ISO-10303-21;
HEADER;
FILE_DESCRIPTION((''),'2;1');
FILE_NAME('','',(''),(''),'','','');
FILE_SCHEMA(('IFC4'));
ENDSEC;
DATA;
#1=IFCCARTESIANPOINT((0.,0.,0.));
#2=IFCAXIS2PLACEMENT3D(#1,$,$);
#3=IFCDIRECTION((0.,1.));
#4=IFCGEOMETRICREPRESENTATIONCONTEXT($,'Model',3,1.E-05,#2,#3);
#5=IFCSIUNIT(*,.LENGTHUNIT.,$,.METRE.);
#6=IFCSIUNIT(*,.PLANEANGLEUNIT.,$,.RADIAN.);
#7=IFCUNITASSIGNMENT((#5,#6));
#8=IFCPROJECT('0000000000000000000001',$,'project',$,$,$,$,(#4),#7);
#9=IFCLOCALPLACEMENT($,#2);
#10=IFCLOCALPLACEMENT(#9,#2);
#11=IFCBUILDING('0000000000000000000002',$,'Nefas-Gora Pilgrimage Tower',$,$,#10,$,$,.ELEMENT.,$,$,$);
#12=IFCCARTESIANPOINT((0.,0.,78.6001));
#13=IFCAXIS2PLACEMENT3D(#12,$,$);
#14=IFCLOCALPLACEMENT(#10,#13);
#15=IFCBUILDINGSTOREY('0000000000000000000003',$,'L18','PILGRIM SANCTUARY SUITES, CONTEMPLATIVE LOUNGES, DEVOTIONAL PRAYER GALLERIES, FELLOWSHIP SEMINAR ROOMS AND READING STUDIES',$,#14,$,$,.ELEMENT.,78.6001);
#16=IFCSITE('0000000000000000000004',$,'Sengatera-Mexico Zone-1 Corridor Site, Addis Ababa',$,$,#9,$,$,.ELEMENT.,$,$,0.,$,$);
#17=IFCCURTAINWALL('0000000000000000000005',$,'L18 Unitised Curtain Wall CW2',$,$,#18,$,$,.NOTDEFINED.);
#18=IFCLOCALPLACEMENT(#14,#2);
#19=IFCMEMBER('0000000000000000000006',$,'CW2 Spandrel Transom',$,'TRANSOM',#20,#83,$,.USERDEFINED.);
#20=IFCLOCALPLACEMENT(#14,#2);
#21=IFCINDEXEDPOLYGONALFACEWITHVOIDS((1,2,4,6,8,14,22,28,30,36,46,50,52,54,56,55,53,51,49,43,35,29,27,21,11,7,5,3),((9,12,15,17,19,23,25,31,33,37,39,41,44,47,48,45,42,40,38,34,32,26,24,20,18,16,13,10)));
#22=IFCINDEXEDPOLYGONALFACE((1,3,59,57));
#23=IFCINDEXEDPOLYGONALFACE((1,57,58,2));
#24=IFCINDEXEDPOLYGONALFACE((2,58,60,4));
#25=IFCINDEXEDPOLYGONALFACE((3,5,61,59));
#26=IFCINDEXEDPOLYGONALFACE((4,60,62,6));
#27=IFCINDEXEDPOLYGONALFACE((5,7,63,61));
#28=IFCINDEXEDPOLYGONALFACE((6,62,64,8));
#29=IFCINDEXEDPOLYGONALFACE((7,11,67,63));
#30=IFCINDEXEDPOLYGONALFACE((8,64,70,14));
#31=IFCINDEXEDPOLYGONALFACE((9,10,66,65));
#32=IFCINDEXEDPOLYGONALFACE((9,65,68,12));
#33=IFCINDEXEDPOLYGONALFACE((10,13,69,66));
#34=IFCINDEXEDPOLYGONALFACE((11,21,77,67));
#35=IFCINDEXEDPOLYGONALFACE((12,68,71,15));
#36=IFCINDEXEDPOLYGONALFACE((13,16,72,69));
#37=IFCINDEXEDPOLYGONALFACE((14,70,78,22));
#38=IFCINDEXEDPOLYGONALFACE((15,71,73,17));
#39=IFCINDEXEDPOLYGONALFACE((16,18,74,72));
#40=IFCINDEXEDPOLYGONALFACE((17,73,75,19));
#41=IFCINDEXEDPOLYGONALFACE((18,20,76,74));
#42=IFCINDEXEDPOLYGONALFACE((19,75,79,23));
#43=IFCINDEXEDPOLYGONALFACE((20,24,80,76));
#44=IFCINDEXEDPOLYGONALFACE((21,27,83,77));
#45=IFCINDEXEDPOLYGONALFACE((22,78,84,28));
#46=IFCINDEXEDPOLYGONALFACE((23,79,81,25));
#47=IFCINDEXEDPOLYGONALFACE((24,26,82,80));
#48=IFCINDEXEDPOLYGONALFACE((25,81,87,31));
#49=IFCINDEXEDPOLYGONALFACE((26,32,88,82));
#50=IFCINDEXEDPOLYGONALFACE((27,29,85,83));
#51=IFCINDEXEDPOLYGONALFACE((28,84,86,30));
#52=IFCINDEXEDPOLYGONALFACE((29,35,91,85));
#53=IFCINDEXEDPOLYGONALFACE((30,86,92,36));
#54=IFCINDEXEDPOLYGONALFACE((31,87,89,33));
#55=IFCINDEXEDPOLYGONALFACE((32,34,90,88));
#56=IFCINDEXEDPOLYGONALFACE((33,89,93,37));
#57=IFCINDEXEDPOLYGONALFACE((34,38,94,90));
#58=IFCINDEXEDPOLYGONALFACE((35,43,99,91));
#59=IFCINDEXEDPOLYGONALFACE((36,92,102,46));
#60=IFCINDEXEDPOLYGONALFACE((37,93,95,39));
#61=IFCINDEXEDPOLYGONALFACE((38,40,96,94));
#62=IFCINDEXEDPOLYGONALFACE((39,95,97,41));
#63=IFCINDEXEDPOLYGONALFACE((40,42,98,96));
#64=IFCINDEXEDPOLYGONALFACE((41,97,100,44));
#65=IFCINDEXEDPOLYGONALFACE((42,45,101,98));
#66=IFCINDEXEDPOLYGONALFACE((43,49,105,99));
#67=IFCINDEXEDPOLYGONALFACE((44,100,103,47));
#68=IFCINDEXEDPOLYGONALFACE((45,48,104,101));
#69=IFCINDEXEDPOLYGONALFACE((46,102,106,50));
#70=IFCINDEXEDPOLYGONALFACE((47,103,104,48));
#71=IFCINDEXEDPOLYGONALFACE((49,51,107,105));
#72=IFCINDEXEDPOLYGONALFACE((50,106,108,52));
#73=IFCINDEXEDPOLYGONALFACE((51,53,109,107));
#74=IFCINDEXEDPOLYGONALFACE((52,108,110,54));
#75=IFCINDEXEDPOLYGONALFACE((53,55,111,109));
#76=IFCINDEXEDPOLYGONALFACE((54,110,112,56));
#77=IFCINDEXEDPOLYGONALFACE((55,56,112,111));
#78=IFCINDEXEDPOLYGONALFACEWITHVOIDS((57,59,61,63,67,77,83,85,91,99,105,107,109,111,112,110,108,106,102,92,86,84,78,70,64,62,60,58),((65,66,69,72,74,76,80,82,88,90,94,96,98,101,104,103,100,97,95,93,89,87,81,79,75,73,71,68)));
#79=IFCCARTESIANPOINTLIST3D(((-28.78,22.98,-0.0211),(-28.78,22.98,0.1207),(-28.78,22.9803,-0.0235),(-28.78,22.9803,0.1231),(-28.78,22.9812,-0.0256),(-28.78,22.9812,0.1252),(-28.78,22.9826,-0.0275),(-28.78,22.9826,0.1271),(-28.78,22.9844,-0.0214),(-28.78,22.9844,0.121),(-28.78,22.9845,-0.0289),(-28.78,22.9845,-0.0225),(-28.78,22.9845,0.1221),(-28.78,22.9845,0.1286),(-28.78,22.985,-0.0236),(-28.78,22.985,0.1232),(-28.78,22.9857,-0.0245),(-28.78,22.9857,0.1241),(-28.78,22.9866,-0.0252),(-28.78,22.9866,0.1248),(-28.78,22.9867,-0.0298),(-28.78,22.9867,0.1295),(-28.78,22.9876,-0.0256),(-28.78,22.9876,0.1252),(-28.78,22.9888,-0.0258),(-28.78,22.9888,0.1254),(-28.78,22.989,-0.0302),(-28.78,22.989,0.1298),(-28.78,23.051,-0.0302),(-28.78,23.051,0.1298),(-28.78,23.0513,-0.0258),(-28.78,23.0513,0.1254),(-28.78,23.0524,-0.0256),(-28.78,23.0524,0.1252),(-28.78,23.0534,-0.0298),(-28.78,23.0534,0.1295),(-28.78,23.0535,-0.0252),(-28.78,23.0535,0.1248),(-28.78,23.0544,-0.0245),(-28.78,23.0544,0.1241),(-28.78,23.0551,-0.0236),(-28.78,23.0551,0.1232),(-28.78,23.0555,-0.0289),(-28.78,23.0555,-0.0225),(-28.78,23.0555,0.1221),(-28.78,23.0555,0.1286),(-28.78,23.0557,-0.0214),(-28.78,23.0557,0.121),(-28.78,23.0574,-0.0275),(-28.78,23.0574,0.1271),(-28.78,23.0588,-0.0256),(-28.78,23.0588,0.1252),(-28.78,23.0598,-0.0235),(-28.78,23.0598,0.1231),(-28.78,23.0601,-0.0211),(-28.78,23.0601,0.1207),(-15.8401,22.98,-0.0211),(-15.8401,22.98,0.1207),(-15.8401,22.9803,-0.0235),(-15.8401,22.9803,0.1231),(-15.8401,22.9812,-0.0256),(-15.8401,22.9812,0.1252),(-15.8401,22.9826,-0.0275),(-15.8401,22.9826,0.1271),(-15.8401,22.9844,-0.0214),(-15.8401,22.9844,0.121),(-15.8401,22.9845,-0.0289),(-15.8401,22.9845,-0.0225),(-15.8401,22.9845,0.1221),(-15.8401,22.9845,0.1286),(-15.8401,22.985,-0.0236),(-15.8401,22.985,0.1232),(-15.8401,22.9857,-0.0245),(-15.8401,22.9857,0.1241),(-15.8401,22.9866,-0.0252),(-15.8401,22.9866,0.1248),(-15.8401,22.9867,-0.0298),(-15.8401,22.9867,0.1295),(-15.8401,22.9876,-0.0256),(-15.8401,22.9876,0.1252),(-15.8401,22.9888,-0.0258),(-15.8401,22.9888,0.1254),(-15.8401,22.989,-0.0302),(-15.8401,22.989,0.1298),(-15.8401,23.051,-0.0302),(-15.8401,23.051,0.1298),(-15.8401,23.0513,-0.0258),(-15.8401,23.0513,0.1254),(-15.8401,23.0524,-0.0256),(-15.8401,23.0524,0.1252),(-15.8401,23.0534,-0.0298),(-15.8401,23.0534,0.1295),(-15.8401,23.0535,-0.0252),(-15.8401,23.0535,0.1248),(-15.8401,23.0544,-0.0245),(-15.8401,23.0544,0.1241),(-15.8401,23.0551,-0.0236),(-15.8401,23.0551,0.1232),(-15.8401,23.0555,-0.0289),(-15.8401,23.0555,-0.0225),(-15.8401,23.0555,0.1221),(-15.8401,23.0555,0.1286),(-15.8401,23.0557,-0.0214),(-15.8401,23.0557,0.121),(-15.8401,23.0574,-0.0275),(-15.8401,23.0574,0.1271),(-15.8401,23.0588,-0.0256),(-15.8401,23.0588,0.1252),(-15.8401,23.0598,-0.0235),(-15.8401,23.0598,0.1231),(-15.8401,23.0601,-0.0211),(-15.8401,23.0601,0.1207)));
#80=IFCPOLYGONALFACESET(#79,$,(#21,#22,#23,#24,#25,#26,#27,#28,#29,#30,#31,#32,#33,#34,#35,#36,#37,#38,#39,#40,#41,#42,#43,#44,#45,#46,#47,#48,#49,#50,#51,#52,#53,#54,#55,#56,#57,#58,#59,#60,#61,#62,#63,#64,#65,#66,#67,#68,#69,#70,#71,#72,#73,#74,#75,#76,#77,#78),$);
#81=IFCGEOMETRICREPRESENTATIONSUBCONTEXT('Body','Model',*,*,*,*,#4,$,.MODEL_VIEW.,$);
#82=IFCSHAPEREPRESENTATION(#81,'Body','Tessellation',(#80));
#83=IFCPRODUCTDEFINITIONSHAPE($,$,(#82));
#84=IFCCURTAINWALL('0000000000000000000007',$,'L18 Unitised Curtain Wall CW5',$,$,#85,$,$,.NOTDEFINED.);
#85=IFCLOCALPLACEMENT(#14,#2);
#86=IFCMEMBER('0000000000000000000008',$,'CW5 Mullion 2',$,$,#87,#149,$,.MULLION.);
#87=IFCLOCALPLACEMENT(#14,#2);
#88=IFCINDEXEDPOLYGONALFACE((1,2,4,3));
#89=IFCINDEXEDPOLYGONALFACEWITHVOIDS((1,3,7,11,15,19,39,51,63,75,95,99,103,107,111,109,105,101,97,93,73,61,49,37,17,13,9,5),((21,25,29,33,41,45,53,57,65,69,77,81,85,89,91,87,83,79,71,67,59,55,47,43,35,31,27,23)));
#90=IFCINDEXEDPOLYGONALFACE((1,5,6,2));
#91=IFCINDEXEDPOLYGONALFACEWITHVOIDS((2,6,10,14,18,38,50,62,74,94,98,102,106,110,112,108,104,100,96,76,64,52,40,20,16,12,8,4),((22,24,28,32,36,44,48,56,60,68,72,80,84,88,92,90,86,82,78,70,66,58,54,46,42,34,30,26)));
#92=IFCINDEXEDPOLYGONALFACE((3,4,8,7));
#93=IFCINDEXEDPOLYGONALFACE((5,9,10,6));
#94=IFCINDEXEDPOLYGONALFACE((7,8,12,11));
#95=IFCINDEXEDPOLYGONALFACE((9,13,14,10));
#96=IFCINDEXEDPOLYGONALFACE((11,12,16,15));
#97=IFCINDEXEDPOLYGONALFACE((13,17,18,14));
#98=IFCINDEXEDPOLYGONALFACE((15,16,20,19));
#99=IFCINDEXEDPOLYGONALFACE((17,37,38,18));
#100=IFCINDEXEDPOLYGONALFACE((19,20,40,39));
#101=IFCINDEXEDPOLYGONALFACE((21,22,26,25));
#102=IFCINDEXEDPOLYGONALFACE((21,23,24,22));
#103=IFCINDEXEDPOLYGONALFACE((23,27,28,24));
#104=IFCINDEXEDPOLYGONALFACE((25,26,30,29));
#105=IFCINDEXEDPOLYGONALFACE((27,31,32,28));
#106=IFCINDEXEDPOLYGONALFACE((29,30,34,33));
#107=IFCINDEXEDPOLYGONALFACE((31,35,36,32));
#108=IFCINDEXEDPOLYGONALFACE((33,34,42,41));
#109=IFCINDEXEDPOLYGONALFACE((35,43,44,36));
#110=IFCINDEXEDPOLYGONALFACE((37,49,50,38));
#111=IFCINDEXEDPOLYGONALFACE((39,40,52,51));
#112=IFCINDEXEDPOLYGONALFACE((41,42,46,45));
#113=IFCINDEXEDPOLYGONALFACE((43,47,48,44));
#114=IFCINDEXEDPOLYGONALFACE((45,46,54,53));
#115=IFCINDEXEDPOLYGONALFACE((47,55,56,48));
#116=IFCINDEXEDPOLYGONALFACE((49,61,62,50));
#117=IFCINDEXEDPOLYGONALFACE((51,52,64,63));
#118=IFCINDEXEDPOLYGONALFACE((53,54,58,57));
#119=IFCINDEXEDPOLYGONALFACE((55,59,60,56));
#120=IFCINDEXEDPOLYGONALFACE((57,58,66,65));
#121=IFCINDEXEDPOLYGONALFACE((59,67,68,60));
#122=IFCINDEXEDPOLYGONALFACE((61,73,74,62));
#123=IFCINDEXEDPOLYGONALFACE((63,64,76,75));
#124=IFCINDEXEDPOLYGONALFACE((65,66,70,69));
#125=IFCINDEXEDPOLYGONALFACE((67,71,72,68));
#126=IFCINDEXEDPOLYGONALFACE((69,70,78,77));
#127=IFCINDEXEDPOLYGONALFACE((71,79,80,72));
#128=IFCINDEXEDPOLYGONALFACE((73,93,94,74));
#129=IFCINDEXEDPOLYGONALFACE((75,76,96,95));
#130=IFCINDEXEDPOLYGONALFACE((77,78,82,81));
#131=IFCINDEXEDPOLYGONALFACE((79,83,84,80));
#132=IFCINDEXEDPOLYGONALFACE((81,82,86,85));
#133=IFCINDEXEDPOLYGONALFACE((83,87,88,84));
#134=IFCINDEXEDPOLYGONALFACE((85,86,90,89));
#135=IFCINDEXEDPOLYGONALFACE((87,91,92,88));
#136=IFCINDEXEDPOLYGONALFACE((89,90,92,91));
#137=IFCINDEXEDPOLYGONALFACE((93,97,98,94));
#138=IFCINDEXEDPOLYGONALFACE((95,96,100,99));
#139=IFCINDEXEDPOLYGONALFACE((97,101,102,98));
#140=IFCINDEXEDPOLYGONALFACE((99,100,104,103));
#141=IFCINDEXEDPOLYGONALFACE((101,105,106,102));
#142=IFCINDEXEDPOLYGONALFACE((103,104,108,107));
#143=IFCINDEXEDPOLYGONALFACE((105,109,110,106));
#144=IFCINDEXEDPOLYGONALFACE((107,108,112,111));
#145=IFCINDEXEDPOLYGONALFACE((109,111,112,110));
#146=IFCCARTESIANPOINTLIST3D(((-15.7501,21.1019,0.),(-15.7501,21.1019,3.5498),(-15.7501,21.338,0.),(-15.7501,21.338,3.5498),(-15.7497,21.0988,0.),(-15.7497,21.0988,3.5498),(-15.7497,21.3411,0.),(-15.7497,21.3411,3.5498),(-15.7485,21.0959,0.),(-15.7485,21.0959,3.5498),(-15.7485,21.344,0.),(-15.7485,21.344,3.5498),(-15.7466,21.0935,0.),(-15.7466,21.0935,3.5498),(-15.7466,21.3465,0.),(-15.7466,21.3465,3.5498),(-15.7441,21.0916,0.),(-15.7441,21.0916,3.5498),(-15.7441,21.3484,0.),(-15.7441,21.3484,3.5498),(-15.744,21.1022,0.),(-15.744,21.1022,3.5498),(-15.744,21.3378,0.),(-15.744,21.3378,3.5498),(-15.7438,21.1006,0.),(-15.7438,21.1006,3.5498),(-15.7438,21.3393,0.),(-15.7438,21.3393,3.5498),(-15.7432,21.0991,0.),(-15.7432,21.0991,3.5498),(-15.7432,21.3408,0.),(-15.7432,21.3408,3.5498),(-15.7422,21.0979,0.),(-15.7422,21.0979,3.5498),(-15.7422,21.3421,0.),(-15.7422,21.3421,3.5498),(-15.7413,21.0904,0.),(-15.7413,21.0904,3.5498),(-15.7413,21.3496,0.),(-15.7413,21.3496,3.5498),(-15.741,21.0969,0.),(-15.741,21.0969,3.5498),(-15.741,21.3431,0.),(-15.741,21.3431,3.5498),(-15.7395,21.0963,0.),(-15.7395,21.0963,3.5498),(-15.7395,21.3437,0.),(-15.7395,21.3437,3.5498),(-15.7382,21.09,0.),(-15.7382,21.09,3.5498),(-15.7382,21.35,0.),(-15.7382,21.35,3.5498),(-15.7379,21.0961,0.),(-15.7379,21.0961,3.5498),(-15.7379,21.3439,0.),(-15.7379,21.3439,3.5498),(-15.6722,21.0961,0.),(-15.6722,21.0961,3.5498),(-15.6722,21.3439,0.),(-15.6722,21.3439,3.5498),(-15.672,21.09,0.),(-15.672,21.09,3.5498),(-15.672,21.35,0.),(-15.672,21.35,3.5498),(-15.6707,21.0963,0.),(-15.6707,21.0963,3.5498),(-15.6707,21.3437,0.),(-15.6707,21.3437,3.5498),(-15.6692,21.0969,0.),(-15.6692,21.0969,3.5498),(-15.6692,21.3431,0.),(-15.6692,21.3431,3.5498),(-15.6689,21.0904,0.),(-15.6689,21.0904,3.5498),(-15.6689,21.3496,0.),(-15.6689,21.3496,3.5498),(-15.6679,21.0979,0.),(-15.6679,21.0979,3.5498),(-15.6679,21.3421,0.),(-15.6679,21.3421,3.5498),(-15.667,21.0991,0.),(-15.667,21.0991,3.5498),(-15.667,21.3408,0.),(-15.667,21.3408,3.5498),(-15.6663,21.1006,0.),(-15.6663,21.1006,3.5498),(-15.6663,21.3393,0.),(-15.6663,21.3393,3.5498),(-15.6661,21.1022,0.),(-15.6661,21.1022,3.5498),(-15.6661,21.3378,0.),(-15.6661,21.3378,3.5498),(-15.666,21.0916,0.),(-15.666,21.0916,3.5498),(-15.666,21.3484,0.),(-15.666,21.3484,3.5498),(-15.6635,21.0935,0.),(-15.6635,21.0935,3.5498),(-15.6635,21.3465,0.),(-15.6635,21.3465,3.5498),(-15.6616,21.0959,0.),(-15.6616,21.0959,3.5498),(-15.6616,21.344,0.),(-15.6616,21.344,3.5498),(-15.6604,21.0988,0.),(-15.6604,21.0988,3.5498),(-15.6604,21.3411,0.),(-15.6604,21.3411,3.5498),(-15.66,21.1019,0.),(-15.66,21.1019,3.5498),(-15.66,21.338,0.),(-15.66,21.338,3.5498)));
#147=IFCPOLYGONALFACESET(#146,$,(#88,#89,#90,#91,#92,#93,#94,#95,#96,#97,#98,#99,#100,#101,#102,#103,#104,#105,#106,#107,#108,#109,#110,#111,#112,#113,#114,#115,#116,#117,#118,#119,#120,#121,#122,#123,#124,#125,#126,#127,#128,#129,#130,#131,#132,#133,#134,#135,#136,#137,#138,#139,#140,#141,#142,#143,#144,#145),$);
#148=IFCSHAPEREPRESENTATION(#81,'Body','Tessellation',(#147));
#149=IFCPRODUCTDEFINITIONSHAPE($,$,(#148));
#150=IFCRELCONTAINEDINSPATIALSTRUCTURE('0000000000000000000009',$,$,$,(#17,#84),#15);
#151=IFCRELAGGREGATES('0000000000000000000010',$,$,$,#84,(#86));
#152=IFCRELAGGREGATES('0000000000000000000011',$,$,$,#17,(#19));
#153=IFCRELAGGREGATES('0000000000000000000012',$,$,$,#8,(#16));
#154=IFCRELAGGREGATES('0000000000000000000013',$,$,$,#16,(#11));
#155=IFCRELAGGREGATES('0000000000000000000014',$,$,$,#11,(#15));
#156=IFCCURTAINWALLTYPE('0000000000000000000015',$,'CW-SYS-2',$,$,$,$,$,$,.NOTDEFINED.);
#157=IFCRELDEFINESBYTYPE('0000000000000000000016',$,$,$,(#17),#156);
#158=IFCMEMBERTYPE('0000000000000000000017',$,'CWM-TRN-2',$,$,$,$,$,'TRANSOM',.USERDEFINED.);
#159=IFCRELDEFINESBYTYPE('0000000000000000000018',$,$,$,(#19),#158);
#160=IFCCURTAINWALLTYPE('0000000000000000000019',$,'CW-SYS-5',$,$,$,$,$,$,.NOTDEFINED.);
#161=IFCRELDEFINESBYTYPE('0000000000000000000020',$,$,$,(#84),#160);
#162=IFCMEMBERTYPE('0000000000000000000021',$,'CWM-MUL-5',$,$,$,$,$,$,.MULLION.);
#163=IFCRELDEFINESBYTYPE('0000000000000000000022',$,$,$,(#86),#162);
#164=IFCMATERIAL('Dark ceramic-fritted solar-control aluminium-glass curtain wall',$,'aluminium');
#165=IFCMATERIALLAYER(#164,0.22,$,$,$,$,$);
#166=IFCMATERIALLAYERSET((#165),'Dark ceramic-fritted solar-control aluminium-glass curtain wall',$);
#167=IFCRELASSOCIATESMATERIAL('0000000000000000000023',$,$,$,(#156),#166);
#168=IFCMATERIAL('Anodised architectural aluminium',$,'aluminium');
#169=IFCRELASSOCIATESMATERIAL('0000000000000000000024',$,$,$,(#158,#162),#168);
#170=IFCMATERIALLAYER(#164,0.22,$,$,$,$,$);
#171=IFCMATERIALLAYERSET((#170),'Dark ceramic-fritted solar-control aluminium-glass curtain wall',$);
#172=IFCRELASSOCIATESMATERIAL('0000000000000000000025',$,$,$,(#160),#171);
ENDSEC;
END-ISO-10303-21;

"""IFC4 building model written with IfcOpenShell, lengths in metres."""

from ifc_helpers import new_model, si_unit, direction, frame, origin, origin_2d, place, context, subcontext, project, spatial, hollow_rectangle, extrude, source, transform, mapped, material, layer, layer_set, material_profile, profile_set, type_object, element, aggregate, save


model = new_model("IFC4")

# Units and contexts
model_context = context("Model", 3, precision=1e-05, world=origin(), true_north=direction((0.0, 1.0)))
body_context = subcontext(model_context, "Body", "Model", "MODEL_VIEW")
ifc_project = project(units=[si_unit("LENGTHUNIT", "METRE"), si_unit("PLANEANGLEUNIT", "RADIAN")], contexts=[model_context])

# Site, building, storey
site_placement = place(None, origin())
site = spatial("IfcSite", under=ifc_project, at=site_placement, Name="Sengatera-Mexico Zone-1 Corridor Site, Addis Ababa", CompositionType="ELEMENT", RefElevation=0.0)
building_placement = place(site_placement, origin())
building = spatial("IfcBuilding", under=site, at=building_placement, Name="Nefas-Gora Pilgrimage Tower", CompositionType="ELEMENT")
storey_placement = place(building_placement, frame((0.0, 0.0, 78.6001)))
storey = spatial("IfcBuildingStorey", under=building, at=storey_placement, Name="L18", Description="PILGRIM SANCTUARY SUITES, CONTEMPLATIVE LOUNGES, DEVOTIONAL PRAYER GALLERIES, FELLOWSHIP SEMINAR ROOMS AND READING STUDIES", CompositionType="ELEMENT", Elevation=78.6001)

# Curtain walls, members
ifc_material_1 = material(Name="Dark ceramic-fritted solar-control aluminium-glass curtain wall", Category="aluminium")
ifc_layer_1 = layer(ifc_material_1, 0.22)
ifc_layer_set_1 = layer_set([ifc_layer_1], Name="Dark ceramic-fritted solar-control aluminium-glass curtain wall")
curtain_wall_type_1 = type_object("IfcCurtainWallType", Name="CW-SYS-2", PredefinedType="NOTDEFINED", material=ifc_layer_set_1)
curtain_wall_1_placement = place(storey_placement, origin())
curtain_wall_1 = element("IfcCurtainWall", 1, at=curtain_wall_1_placement, inside=storey, type_object=curtain_wall_type_1, Name="L18 Unitised Curtain Wall CW2", PredefinedType="NOTDEFINED")
ifc_material_2 = material(Name="Anodised architectural aluminium", Category="aluminium")
ifc_material_profile_1 = material_profile(ifc_material_2, hollow_rectangle(XDim=0.0801, YDim=0.1599, WallThickness=0.0044, InnerFilletRadius=0.0044, OuterFilletRadius=0.009, at=origin_2d()), Name="ALU TRANSOM 80x160")
ifc_profile_set_1 = profile_set([ifc_material_profile_1], Name="Anodised architectural aluminium")
member_type_1 = type_object("IfcMemberType", Name="CWM-TRN-2", ElementType="TRANSOM", PredefinedType="USERDEFINED", material=ifc_profile_set_1)
shared_shape_1 = source(origin(), body_context, "Body", "SweptSolid", [
    extrude(hollow_rectangle(XDim=0.0801, YDim=0.1599, WallThickness=0.0044, InnerFilletRadius=0.0044, OuterFilletRadius=0.009, at=origin_2d()), origin(), (0.0, 0.0, 1.0), 12.9399),
])
member_1_placement = place(storey_placement, frame((-15.8401, 23.02, 0.0498), z_axis=(-1.0, 0.0, 0.0), x_axis=(0.0, -1.0, 0.0)))
member_1 = element("IfcMember", 2, at=member_1_placement, type_object=member_type_1, Name="CW2 Spandrel Transom", ObjectType="TRANSOM", PredefinedType="USERDEFINED", context=body_context, shape_type="MappedRepresentation", body=[
    mapped(shared_shape_1, transform((0.0, 0.0, 0.0), x_axis=(1.0, 0.0, 0.0), y_axis=(0.0, 1.0, 0.0), z_axis=(0.0, 0.0, 1.0), scale=1.0)),
])
ifc_layer_2 = layer(ifc_material_1, 0.22)
ifc_layer_set_2 = layer_set([ifc_layer_2], Name="Dark ceramic-fritted solar-control aluminium-glass curtain wall")
curtain_wall_type_2 = type_object("IfcCurtainWallType", Name="CW-SYS-5", PredefinedType="NOTDEFINED", material=ifc_layer_set_2)
curtain_wall_2_placement = place(storey_placement, origin())
curtain_wall_2 = element("IfcCurtainWall", 3, at=curtain_wall_2_placement, inside=storey, type_object=curtain_wall_type_2, Name="L18 Unitised Curtain Wall CW5", PredefinedType="NOTDEFINED")
ifc_material_profile_2 = material_profile(ifc_material_2, hollow_rectangle(XDim=0.0901, YDim=0.26, WallThickness=0.0061, InnerFilletRadius=0.0061, OuterFilletRadius=0.012, at=origin_2d()), Name="ALU MULLION 90x260")
ifc_profile_set_2 = profile_set([ifc_material_profile_2], Name="Anodised architectural aluminium")
member_type_2 = type_object("IfcMemberType", Name="CWM-MUL-5", PredefinedType="MULLION", material=ifc_profile_set_2)
shared_shape_2 = source(origin(), body_context, "Body", "SweptSolid", [
    extrude(hollow_rectangle(XDim=0.0901, YDim=0.26, WallThickness=0.0061, InnerFilletRadius=0.0061, OuterFilletRadius=0.012, at=origin_2d()), origin(), (0.0, 0.0, 1.0), 3.5498),
])
member_2_placement = place(storey_placement, frame((-15.7051, 21.22, 0.0), z_axis=(0.0, 0.0, 1.0), x_axis=(-1.0, 0.0, 0.0)))
member_2 = element("IfcMember", 4, at=member_2_placement, type_object=member_type_2, Name="CW5 Mullion 2", PredefinedType="MULLION", context=body_context, shape_type="MappedRepresentation", body=[
    mapped(shared_shape_2, transform((0.0, 0.0, 0.0), x_axis=(1.0, 0.0, 0.0), y_axis=(0.0, 1.0, 0.0), z_axis=(0.0, 0.0, 1.0), scale=1.0)),
])

aggregate(curtain_wall_2, [member_2])
aggregate(curtain_wall_1, [member_1])

save(model, "model.ifc")
